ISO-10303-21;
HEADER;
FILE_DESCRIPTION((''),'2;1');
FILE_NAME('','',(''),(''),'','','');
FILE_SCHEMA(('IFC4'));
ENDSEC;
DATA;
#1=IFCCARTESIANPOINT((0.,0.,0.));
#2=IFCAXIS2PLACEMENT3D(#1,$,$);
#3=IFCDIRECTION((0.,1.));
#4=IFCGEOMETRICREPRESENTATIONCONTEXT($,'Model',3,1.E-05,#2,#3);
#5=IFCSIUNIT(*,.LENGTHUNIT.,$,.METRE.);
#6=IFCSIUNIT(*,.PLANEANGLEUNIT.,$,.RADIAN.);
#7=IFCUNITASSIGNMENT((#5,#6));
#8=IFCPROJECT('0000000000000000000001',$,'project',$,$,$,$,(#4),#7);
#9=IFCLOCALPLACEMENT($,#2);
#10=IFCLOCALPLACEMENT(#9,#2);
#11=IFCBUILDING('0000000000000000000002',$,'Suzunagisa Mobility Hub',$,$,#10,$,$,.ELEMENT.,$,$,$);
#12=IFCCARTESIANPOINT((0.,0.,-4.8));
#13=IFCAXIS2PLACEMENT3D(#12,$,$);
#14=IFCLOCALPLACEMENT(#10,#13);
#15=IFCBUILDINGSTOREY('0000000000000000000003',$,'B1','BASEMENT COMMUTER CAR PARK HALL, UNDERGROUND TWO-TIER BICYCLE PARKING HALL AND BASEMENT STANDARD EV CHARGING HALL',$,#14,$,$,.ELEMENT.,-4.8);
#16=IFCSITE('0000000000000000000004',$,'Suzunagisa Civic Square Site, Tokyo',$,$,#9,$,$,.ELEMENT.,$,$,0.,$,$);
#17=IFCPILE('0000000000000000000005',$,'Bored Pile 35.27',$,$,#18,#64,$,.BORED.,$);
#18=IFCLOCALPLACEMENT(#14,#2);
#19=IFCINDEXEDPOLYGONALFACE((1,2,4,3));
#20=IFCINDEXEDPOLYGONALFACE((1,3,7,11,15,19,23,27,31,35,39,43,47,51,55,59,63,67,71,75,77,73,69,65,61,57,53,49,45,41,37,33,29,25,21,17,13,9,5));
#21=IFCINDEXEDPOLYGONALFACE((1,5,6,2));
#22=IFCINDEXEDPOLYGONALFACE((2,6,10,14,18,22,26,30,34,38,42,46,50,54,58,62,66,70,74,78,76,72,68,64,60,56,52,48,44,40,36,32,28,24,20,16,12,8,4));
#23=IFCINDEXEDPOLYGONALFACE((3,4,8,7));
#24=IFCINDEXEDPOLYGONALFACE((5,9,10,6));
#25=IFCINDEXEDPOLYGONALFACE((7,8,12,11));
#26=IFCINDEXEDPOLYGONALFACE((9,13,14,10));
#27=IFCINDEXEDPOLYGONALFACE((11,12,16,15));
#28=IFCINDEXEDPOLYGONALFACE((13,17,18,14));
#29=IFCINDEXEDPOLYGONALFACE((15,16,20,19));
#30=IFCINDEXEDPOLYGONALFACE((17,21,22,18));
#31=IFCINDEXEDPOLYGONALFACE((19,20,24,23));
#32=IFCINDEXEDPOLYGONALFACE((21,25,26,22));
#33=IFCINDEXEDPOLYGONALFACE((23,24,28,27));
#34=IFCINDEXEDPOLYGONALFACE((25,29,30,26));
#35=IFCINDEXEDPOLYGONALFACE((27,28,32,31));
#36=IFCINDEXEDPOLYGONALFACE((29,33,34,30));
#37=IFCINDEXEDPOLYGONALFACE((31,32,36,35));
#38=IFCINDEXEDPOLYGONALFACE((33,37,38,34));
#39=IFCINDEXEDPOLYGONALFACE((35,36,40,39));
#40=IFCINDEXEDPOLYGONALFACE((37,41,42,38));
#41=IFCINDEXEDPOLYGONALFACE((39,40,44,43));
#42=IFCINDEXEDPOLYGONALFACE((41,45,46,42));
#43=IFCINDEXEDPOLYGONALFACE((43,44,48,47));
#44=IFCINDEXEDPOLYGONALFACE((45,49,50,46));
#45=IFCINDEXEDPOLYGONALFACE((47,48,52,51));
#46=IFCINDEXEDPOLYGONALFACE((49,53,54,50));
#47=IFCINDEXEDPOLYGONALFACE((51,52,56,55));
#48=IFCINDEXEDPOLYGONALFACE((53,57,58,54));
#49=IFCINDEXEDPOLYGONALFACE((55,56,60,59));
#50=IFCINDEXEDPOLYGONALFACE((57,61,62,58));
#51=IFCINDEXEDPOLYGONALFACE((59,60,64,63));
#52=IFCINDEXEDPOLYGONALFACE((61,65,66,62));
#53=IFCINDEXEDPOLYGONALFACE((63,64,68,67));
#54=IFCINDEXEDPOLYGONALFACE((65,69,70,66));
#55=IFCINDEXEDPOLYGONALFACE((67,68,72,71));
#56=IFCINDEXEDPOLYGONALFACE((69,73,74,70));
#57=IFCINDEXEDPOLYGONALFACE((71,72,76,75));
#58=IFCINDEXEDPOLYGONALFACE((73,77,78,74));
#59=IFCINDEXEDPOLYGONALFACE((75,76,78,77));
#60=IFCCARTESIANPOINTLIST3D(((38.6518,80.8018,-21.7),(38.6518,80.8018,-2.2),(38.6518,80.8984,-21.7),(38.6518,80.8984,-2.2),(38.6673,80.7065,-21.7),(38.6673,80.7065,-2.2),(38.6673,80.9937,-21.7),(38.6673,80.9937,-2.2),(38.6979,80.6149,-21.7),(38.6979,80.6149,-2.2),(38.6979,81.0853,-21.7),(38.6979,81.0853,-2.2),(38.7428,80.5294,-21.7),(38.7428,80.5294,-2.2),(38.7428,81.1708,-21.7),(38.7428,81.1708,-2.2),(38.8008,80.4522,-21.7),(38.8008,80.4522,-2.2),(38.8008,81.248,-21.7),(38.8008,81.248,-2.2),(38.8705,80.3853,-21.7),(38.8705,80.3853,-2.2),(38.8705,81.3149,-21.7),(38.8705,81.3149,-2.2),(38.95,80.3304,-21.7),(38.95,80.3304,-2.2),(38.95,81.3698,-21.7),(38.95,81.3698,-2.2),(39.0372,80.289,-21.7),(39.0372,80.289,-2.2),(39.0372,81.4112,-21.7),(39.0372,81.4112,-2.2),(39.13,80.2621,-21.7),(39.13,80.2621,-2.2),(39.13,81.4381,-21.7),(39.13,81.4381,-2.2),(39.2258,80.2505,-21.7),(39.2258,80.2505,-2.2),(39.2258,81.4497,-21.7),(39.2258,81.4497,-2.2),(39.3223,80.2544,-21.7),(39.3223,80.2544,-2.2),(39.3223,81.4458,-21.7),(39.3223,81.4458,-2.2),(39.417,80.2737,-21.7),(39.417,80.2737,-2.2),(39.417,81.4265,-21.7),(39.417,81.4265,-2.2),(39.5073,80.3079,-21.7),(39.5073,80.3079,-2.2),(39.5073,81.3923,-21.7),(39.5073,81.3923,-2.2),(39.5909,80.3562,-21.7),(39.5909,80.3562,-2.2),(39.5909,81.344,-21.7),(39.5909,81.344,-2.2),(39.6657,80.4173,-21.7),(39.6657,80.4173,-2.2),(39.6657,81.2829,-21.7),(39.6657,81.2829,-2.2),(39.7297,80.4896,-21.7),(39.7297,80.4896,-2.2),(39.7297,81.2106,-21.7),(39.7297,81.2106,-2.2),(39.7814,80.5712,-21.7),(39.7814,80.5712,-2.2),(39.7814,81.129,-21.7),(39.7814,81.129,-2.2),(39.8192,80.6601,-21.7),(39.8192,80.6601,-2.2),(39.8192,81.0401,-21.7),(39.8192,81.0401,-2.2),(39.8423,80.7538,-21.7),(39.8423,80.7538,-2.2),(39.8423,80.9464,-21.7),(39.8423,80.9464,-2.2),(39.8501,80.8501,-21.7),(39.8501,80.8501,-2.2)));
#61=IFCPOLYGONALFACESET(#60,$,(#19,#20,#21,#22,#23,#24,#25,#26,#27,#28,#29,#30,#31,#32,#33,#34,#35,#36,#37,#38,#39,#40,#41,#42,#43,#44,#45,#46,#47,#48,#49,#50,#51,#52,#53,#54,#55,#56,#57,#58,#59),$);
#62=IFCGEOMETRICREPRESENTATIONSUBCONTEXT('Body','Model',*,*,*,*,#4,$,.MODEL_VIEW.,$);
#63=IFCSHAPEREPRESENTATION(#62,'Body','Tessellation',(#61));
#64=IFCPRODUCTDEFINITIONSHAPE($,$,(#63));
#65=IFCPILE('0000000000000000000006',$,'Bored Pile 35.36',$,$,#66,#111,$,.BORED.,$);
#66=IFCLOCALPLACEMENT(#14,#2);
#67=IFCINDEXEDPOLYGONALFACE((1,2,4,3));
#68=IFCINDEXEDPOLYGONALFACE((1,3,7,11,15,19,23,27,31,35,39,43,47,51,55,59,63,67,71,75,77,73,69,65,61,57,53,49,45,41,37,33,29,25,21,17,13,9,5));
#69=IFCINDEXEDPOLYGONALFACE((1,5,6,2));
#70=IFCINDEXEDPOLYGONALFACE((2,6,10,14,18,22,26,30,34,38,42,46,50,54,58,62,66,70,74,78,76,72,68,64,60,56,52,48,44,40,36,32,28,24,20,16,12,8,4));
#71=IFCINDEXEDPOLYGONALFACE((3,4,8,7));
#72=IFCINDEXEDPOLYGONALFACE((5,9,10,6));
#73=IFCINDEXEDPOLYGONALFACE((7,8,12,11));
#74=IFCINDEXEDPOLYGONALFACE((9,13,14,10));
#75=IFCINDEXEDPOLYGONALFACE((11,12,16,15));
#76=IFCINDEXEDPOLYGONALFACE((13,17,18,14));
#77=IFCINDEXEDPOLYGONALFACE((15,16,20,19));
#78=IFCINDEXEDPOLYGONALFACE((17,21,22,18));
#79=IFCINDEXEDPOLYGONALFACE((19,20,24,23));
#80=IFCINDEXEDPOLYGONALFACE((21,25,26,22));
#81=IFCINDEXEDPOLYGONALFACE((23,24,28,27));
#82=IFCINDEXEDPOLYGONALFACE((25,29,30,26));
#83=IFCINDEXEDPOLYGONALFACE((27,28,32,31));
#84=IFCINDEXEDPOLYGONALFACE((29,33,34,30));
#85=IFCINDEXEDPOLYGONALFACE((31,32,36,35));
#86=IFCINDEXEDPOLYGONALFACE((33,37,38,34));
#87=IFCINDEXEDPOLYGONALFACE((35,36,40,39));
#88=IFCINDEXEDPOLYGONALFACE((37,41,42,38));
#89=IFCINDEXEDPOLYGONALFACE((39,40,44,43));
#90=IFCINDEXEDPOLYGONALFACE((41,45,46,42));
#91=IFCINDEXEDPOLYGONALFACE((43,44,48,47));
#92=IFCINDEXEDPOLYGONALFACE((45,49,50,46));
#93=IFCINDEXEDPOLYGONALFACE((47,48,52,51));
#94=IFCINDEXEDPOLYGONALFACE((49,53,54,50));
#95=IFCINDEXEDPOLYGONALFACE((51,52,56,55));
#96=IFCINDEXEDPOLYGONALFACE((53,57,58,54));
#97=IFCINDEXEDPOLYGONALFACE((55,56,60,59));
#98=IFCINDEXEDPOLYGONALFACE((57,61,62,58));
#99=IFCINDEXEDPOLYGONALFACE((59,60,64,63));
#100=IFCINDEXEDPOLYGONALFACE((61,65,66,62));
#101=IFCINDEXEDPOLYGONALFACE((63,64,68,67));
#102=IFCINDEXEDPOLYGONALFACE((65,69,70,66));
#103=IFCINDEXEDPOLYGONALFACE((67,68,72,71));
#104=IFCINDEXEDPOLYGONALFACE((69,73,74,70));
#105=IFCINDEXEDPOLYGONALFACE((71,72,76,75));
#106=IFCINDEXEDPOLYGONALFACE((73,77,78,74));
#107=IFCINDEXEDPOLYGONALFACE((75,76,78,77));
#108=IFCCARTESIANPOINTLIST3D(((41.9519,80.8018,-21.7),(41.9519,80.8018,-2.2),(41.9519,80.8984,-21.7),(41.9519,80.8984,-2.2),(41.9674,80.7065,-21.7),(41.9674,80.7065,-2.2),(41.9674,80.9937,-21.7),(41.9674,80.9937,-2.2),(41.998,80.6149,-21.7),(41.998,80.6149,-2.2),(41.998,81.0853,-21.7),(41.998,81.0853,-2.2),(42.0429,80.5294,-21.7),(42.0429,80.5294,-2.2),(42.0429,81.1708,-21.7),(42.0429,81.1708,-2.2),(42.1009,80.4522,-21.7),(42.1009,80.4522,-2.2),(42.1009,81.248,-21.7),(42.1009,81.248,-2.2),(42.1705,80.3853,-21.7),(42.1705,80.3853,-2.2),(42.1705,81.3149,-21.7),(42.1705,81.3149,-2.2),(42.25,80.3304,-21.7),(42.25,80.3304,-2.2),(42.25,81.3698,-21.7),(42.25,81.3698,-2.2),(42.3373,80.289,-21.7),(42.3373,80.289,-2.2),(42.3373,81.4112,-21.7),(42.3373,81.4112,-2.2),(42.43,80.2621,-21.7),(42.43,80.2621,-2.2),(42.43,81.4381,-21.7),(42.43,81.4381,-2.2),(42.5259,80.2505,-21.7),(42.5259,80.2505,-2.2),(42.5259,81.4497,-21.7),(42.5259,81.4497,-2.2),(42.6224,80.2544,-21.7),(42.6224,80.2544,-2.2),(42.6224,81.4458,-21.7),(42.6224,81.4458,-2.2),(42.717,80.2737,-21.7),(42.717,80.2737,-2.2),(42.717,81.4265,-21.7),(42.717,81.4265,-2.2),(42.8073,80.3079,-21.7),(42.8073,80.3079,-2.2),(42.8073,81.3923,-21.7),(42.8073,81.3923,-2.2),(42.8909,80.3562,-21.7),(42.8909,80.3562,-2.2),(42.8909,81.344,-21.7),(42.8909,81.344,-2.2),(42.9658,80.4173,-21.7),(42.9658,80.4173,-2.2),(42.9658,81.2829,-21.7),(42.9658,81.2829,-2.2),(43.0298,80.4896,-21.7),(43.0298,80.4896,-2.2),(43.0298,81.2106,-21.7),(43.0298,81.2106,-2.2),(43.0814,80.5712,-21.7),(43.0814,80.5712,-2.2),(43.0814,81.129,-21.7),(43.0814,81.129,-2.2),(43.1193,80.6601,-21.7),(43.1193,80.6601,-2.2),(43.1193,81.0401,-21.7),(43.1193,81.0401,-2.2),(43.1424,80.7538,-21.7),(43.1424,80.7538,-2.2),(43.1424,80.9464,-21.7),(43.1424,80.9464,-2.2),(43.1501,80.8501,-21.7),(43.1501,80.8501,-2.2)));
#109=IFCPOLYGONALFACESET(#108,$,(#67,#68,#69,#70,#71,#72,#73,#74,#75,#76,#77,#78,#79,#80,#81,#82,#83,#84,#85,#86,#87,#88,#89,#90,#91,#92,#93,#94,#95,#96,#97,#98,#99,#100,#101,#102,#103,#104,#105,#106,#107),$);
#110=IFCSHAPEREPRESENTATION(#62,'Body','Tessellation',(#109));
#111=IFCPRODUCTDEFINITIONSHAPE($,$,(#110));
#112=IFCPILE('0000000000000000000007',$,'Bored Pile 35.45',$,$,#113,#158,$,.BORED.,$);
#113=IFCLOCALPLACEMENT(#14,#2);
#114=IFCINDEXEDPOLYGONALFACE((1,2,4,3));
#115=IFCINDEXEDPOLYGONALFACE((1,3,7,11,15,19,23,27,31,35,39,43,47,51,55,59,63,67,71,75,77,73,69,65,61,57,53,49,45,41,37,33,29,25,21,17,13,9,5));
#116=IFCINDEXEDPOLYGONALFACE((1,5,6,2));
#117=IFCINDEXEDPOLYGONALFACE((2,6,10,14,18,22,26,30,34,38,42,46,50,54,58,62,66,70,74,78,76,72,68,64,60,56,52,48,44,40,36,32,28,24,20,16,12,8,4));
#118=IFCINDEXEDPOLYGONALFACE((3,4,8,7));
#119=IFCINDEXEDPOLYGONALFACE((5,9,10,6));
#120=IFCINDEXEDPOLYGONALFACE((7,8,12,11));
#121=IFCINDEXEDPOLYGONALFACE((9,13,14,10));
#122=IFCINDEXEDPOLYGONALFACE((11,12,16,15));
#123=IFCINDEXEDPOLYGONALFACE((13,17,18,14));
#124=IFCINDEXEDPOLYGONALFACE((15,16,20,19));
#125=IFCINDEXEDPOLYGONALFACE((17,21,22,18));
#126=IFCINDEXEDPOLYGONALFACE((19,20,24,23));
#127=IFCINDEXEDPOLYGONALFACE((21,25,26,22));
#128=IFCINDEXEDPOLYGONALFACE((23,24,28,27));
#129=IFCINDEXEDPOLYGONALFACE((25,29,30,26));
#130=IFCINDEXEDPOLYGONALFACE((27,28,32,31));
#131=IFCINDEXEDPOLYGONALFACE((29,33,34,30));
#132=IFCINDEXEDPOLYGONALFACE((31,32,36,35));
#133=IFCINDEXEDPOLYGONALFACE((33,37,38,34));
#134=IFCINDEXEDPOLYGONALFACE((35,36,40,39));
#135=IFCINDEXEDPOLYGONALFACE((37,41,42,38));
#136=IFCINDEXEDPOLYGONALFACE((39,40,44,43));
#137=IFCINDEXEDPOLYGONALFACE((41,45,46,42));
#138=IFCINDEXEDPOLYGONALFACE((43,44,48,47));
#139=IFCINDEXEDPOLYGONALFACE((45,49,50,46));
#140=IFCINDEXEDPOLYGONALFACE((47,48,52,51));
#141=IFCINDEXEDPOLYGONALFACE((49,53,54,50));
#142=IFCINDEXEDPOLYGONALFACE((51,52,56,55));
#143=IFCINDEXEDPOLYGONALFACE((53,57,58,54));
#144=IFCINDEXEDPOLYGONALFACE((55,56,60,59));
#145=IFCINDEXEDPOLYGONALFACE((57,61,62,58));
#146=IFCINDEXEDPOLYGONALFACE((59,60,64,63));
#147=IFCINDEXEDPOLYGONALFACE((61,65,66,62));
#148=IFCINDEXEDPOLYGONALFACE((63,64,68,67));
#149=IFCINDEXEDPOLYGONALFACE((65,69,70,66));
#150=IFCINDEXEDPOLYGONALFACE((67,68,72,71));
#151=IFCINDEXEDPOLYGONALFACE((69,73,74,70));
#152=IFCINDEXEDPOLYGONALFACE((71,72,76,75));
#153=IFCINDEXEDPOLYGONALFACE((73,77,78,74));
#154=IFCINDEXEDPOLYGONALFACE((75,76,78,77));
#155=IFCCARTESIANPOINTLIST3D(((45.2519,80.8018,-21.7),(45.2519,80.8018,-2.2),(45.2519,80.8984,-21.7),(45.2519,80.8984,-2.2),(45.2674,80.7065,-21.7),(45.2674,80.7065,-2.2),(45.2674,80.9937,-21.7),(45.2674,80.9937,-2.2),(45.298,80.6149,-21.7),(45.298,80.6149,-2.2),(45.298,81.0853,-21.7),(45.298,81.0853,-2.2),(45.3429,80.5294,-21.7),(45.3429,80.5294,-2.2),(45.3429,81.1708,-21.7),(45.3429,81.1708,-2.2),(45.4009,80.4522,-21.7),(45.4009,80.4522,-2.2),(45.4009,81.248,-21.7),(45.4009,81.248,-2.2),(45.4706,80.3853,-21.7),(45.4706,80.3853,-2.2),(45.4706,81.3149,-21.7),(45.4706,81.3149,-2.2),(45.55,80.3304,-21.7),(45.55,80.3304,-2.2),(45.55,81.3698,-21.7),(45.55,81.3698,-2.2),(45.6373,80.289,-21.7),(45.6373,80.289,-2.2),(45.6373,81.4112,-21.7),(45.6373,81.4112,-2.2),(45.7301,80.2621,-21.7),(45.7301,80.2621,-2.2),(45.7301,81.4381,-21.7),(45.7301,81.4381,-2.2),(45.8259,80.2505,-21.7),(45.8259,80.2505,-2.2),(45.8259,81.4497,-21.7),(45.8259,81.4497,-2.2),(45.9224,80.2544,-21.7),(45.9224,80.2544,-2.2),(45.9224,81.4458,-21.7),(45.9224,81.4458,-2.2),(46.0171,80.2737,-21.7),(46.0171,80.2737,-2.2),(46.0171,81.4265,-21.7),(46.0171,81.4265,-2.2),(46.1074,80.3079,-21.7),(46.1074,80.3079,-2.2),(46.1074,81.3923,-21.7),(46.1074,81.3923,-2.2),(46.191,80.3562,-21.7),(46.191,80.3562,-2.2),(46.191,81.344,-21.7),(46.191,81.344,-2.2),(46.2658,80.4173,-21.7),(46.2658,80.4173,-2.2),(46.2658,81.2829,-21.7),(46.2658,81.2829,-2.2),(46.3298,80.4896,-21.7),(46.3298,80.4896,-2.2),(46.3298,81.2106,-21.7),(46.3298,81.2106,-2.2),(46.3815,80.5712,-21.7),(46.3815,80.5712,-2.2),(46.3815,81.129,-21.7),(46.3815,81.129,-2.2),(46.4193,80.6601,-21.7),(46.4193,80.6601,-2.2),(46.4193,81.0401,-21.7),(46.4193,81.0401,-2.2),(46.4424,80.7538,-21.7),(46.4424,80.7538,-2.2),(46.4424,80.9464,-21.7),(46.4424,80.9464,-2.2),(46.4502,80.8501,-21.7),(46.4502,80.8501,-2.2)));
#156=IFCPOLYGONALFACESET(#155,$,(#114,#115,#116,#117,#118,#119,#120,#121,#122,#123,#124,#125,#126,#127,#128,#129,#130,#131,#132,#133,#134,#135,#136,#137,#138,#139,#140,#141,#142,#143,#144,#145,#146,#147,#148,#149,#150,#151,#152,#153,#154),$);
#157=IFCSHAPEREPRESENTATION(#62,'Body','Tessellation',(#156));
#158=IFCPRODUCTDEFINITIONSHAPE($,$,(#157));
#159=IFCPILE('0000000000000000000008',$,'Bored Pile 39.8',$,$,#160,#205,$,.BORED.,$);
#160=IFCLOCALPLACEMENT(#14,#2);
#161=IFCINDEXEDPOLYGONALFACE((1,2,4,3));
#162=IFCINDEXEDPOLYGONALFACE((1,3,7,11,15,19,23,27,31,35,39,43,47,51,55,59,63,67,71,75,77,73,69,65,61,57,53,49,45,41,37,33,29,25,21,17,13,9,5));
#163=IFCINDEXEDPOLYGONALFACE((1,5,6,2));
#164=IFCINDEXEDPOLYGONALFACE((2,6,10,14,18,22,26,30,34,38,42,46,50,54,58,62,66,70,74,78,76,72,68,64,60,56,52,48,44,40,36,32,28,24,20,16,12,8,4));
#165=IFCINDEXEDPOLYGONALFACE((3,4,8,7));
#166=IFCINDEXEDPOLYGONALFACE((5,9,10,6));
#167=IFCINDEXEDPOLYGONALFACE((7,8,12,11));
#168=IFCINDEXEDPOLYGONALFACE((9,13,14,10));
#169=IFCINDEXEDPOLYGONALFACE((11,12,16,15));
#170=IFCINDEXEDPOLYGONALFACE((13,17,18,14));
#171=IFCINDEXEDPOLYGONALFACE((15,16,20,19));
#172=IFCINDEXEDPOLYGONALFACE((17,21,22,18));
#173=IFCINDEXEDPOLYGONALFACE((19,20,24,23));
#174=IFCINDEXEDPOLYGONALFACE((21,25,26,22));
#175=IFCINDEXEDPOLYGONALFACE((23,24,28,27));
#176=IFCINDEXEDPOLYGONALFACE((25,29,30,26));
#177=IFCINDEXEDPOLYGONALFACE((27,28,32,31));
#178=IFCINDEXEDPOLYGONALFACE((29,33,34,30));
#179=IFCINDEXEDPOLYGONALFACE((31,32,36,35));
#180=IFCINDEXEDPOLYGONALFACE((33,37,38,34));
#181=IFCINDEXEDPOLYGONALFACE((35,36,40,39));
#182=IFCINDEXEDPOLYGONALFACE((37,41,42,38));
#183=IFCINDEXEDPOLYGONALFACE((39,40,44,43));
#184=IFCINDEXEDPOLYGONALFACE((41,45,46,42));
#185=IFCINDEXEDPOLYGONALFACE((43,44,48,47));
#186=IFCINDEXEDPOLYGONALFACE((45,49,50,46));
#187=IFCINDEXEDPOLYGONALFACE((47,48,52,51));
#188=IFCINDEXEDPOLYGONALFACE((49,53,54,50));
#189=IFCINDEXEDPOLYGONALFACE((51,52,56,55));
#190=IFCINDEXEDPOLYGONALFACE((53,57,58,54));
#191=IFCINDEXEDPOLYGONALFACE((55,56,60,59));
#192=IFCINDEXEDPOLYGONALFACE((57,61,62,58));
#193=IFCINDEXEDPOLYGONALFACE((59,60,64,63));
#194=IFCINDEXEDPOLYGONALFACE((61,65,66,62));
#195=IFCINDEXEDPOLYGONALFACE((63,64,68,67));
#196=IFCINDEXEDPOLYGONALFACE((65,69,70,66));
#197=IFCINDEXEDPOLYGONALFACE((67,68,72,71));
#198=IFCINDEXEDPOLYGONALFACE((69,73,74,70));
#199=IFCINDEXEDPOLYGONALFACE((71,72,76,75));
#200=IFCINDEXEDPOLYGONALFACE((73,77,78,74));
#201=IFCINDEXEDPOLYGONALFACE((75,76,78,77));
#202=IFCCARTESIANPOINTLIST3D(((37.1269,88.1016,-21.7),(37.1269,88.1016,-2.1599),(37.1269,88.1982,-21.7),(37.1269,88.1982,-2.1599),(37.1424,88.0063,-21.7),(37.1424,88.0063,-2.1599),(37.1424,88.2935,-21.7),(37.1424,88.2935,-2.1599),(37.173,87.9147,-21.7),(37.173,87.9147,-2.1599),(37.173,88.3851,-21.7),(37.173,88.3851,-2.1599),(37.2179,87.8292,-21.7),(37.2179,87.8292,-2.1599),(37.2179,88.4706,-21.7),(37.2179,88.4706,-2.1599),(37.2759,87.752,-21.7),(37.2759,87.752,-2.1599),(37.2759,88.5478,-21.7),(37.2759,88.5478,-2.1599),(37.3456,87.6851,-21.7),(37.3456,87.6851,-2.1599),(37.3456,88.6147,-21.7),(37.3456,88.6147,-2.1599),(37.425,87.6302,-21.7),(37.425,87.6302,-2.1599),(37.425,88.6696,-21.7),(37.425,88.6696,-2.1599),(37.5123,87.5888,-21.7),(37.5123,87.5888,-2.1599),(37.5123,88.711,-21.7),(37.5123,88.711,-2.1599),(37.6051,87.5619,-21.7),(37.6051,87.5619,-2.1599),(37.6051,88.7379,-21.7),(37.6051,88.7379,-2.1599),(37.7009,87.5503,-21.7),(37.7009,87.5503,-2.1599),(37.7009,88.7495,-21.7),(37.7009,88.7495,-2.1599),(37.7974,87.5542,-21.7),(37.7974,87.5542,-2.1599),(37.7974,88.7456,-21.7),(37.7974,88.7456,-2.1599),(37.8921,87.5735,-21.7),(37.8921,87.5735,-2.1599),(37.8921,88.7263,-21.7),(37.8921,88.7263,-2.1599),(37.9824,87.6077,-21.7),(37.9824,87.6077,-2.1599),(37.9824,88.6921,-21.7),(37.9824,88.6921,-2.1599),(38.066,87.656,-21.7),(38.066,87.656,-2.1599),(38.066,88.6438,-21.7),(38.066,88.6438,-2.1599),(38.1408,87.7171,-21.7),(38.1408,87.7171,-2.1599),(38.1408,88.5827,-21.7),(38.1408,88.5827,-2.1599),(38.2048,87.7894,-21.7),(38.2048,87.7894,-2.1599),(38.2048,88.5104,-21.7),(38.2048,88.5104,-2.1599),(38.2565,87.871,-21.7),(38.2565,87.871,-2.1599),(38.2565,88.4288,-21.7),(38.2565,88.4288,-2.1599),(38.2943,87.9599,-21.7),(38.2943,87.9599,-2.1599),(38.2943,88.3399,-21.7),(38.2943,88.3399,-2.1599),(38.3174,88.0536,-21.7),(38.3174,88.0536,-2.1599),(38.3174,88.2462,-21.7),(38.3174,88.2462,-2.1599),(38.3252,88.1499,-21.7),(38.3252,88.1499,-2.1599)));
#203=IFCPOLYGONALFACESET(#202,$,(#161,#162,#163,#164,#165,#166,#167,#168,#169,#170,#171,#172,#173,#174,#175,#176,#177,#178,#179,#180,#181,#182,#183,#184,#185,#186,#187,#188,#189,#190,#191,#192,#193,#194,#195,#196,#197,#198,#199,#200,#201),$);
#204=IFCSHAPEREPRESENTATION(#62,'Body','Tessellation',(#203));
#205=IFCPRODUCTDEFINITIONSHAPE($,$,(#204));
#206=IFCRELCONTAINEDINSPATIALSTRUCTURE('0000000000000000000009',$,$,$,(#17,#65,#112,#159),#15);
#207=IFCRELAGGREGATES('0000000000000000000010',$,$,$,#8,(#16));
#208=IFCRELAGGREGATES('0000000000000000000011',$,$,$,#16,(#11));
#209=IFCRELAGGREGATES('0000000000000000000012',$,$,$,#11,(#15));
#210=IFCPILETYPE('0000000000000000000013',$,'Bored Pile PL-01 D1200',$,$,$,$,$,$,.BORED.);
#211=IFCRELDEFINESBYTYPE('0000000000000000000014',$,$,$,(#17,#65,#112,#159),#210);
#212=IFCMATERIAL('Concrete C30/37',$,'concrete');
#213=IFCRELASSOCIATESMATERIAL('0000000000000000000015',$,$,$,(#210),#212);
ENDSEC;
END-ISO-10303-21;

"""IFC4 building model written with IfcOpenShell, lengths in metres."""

from ifc_helpers import new_model, si_unit, direction, frame, origin, origin_2d, place, context, subcontext, project, spatial, circle, extrude, material, material_profile, profile_set, type_object, element, save


model = new_model("IFC4")

# Units and contexts
model_context = context("Model", 3, precision=1e-05, world=origin(), true_north=direction((0.0, 1.0)))
body_context = subcontext(model_context, "Body", "Model", "MODEL_VIEW")
ifc_project = project(units=[si_unit("LENGTHUNIT", "METRE"), si_unit("PLANEANGLEUNIT", "RADIAN")], contexts=[model_context])

# Site, building, storey
site_placement = place(None, origin())
site = spatial("IfcSite", under=ifc_project, at=site_placement, Name="Suzunagisa Civic Square Site, Tokyo", CompositionType="ELEMENT", RefElevation=0.0)
building_placement = place(site_placement, origin())
building = spatial("IfcBuilding", under=site, at=building_placement, Name="Suzunagisa Mobility Hub", CompositionType="ELEMENT")
storey_placement = place(building_placement, frame((0.0, 0.0, -4.8)))
storey = spatial("IfcBuildingStorey", under=building, at=storey_placement, Name="B1", Description="BASEMENT COMMUTER CAR PARK HALL, UNDERGROUND TWO-TIER BICYCLE PARKING HALL AND BASEMENT STANDARD EV CHARGING HALL", CompositionType="ELEMENT", Elevation=-4.8)

# Piles
ifc_material_1 = material(Name="Concrete C30/37", Category="concrete")
ifc_material_profile_1 = material_profile(ifc_material_1, circle(Radius=0.6001, at=origin_2d()), Name="BORED PILE D1200")
ifc_profile_set_1 = profile_set([ifc_material_profile_1], Name="Concrete C30/37")
pile_type = type_object("IfcPileType", Name="Bored Pile PL-01 D1200", PredefinedType="BORED", material=ifc_profile_set_1)
for number, where, z_axis, x_axis, name in (
    (1, (39.25, 80.8501, -2.2), (0.0, 0.0, -1.0), (1.0, 0.0, 0.0), "Bored Pile 35.27"),
    (2, (42.55, 80.8501, -2.2), (0.0, 0.0, -1.0), (1.0, 0.0, 0.0), "Bored Pile 35.36"),
    (3, (45.8501, 80.8501, -2.2), (0.0, 0.0, -1.0), (1.0, 0.0, 0.0), "Bored Pile 35.45"),
):
    element("IfcPile", number, at=place(storey_placement, frame(where, z_axis=z_axis, x_axis=x_axis)), inside=storey, type_object=pile_type, Name=name, PredefinedType="BORED", context=body_context, shape_type="SweptSolid", body=[
        extrude(circle(Radius=0.6001, at=origin_2d()), origin(), (0.0, 0.0, 1.0), 19.5),
    ])
pile_1_placement = place(storey_placement, frame((37.7251, 88.1499, -2.1599), z_axis=(0.0, 0.0, -1.0), x_axis=(1.0, 0.0, 0.0)))
element("IfcPile", 4, at=pile_1_placement, inside=storey, type_object=pile_type, Name="Bored Pile 39.8", PredefinedType="BORED", context=body_context, shape_type="SweptSolid", body=[
    extrude(circle(Radius=0.6001, at=origin_2d()), origin(), (0.0, 0.0, 1.0), 19.54),
])

save(model, "model.ifc")
